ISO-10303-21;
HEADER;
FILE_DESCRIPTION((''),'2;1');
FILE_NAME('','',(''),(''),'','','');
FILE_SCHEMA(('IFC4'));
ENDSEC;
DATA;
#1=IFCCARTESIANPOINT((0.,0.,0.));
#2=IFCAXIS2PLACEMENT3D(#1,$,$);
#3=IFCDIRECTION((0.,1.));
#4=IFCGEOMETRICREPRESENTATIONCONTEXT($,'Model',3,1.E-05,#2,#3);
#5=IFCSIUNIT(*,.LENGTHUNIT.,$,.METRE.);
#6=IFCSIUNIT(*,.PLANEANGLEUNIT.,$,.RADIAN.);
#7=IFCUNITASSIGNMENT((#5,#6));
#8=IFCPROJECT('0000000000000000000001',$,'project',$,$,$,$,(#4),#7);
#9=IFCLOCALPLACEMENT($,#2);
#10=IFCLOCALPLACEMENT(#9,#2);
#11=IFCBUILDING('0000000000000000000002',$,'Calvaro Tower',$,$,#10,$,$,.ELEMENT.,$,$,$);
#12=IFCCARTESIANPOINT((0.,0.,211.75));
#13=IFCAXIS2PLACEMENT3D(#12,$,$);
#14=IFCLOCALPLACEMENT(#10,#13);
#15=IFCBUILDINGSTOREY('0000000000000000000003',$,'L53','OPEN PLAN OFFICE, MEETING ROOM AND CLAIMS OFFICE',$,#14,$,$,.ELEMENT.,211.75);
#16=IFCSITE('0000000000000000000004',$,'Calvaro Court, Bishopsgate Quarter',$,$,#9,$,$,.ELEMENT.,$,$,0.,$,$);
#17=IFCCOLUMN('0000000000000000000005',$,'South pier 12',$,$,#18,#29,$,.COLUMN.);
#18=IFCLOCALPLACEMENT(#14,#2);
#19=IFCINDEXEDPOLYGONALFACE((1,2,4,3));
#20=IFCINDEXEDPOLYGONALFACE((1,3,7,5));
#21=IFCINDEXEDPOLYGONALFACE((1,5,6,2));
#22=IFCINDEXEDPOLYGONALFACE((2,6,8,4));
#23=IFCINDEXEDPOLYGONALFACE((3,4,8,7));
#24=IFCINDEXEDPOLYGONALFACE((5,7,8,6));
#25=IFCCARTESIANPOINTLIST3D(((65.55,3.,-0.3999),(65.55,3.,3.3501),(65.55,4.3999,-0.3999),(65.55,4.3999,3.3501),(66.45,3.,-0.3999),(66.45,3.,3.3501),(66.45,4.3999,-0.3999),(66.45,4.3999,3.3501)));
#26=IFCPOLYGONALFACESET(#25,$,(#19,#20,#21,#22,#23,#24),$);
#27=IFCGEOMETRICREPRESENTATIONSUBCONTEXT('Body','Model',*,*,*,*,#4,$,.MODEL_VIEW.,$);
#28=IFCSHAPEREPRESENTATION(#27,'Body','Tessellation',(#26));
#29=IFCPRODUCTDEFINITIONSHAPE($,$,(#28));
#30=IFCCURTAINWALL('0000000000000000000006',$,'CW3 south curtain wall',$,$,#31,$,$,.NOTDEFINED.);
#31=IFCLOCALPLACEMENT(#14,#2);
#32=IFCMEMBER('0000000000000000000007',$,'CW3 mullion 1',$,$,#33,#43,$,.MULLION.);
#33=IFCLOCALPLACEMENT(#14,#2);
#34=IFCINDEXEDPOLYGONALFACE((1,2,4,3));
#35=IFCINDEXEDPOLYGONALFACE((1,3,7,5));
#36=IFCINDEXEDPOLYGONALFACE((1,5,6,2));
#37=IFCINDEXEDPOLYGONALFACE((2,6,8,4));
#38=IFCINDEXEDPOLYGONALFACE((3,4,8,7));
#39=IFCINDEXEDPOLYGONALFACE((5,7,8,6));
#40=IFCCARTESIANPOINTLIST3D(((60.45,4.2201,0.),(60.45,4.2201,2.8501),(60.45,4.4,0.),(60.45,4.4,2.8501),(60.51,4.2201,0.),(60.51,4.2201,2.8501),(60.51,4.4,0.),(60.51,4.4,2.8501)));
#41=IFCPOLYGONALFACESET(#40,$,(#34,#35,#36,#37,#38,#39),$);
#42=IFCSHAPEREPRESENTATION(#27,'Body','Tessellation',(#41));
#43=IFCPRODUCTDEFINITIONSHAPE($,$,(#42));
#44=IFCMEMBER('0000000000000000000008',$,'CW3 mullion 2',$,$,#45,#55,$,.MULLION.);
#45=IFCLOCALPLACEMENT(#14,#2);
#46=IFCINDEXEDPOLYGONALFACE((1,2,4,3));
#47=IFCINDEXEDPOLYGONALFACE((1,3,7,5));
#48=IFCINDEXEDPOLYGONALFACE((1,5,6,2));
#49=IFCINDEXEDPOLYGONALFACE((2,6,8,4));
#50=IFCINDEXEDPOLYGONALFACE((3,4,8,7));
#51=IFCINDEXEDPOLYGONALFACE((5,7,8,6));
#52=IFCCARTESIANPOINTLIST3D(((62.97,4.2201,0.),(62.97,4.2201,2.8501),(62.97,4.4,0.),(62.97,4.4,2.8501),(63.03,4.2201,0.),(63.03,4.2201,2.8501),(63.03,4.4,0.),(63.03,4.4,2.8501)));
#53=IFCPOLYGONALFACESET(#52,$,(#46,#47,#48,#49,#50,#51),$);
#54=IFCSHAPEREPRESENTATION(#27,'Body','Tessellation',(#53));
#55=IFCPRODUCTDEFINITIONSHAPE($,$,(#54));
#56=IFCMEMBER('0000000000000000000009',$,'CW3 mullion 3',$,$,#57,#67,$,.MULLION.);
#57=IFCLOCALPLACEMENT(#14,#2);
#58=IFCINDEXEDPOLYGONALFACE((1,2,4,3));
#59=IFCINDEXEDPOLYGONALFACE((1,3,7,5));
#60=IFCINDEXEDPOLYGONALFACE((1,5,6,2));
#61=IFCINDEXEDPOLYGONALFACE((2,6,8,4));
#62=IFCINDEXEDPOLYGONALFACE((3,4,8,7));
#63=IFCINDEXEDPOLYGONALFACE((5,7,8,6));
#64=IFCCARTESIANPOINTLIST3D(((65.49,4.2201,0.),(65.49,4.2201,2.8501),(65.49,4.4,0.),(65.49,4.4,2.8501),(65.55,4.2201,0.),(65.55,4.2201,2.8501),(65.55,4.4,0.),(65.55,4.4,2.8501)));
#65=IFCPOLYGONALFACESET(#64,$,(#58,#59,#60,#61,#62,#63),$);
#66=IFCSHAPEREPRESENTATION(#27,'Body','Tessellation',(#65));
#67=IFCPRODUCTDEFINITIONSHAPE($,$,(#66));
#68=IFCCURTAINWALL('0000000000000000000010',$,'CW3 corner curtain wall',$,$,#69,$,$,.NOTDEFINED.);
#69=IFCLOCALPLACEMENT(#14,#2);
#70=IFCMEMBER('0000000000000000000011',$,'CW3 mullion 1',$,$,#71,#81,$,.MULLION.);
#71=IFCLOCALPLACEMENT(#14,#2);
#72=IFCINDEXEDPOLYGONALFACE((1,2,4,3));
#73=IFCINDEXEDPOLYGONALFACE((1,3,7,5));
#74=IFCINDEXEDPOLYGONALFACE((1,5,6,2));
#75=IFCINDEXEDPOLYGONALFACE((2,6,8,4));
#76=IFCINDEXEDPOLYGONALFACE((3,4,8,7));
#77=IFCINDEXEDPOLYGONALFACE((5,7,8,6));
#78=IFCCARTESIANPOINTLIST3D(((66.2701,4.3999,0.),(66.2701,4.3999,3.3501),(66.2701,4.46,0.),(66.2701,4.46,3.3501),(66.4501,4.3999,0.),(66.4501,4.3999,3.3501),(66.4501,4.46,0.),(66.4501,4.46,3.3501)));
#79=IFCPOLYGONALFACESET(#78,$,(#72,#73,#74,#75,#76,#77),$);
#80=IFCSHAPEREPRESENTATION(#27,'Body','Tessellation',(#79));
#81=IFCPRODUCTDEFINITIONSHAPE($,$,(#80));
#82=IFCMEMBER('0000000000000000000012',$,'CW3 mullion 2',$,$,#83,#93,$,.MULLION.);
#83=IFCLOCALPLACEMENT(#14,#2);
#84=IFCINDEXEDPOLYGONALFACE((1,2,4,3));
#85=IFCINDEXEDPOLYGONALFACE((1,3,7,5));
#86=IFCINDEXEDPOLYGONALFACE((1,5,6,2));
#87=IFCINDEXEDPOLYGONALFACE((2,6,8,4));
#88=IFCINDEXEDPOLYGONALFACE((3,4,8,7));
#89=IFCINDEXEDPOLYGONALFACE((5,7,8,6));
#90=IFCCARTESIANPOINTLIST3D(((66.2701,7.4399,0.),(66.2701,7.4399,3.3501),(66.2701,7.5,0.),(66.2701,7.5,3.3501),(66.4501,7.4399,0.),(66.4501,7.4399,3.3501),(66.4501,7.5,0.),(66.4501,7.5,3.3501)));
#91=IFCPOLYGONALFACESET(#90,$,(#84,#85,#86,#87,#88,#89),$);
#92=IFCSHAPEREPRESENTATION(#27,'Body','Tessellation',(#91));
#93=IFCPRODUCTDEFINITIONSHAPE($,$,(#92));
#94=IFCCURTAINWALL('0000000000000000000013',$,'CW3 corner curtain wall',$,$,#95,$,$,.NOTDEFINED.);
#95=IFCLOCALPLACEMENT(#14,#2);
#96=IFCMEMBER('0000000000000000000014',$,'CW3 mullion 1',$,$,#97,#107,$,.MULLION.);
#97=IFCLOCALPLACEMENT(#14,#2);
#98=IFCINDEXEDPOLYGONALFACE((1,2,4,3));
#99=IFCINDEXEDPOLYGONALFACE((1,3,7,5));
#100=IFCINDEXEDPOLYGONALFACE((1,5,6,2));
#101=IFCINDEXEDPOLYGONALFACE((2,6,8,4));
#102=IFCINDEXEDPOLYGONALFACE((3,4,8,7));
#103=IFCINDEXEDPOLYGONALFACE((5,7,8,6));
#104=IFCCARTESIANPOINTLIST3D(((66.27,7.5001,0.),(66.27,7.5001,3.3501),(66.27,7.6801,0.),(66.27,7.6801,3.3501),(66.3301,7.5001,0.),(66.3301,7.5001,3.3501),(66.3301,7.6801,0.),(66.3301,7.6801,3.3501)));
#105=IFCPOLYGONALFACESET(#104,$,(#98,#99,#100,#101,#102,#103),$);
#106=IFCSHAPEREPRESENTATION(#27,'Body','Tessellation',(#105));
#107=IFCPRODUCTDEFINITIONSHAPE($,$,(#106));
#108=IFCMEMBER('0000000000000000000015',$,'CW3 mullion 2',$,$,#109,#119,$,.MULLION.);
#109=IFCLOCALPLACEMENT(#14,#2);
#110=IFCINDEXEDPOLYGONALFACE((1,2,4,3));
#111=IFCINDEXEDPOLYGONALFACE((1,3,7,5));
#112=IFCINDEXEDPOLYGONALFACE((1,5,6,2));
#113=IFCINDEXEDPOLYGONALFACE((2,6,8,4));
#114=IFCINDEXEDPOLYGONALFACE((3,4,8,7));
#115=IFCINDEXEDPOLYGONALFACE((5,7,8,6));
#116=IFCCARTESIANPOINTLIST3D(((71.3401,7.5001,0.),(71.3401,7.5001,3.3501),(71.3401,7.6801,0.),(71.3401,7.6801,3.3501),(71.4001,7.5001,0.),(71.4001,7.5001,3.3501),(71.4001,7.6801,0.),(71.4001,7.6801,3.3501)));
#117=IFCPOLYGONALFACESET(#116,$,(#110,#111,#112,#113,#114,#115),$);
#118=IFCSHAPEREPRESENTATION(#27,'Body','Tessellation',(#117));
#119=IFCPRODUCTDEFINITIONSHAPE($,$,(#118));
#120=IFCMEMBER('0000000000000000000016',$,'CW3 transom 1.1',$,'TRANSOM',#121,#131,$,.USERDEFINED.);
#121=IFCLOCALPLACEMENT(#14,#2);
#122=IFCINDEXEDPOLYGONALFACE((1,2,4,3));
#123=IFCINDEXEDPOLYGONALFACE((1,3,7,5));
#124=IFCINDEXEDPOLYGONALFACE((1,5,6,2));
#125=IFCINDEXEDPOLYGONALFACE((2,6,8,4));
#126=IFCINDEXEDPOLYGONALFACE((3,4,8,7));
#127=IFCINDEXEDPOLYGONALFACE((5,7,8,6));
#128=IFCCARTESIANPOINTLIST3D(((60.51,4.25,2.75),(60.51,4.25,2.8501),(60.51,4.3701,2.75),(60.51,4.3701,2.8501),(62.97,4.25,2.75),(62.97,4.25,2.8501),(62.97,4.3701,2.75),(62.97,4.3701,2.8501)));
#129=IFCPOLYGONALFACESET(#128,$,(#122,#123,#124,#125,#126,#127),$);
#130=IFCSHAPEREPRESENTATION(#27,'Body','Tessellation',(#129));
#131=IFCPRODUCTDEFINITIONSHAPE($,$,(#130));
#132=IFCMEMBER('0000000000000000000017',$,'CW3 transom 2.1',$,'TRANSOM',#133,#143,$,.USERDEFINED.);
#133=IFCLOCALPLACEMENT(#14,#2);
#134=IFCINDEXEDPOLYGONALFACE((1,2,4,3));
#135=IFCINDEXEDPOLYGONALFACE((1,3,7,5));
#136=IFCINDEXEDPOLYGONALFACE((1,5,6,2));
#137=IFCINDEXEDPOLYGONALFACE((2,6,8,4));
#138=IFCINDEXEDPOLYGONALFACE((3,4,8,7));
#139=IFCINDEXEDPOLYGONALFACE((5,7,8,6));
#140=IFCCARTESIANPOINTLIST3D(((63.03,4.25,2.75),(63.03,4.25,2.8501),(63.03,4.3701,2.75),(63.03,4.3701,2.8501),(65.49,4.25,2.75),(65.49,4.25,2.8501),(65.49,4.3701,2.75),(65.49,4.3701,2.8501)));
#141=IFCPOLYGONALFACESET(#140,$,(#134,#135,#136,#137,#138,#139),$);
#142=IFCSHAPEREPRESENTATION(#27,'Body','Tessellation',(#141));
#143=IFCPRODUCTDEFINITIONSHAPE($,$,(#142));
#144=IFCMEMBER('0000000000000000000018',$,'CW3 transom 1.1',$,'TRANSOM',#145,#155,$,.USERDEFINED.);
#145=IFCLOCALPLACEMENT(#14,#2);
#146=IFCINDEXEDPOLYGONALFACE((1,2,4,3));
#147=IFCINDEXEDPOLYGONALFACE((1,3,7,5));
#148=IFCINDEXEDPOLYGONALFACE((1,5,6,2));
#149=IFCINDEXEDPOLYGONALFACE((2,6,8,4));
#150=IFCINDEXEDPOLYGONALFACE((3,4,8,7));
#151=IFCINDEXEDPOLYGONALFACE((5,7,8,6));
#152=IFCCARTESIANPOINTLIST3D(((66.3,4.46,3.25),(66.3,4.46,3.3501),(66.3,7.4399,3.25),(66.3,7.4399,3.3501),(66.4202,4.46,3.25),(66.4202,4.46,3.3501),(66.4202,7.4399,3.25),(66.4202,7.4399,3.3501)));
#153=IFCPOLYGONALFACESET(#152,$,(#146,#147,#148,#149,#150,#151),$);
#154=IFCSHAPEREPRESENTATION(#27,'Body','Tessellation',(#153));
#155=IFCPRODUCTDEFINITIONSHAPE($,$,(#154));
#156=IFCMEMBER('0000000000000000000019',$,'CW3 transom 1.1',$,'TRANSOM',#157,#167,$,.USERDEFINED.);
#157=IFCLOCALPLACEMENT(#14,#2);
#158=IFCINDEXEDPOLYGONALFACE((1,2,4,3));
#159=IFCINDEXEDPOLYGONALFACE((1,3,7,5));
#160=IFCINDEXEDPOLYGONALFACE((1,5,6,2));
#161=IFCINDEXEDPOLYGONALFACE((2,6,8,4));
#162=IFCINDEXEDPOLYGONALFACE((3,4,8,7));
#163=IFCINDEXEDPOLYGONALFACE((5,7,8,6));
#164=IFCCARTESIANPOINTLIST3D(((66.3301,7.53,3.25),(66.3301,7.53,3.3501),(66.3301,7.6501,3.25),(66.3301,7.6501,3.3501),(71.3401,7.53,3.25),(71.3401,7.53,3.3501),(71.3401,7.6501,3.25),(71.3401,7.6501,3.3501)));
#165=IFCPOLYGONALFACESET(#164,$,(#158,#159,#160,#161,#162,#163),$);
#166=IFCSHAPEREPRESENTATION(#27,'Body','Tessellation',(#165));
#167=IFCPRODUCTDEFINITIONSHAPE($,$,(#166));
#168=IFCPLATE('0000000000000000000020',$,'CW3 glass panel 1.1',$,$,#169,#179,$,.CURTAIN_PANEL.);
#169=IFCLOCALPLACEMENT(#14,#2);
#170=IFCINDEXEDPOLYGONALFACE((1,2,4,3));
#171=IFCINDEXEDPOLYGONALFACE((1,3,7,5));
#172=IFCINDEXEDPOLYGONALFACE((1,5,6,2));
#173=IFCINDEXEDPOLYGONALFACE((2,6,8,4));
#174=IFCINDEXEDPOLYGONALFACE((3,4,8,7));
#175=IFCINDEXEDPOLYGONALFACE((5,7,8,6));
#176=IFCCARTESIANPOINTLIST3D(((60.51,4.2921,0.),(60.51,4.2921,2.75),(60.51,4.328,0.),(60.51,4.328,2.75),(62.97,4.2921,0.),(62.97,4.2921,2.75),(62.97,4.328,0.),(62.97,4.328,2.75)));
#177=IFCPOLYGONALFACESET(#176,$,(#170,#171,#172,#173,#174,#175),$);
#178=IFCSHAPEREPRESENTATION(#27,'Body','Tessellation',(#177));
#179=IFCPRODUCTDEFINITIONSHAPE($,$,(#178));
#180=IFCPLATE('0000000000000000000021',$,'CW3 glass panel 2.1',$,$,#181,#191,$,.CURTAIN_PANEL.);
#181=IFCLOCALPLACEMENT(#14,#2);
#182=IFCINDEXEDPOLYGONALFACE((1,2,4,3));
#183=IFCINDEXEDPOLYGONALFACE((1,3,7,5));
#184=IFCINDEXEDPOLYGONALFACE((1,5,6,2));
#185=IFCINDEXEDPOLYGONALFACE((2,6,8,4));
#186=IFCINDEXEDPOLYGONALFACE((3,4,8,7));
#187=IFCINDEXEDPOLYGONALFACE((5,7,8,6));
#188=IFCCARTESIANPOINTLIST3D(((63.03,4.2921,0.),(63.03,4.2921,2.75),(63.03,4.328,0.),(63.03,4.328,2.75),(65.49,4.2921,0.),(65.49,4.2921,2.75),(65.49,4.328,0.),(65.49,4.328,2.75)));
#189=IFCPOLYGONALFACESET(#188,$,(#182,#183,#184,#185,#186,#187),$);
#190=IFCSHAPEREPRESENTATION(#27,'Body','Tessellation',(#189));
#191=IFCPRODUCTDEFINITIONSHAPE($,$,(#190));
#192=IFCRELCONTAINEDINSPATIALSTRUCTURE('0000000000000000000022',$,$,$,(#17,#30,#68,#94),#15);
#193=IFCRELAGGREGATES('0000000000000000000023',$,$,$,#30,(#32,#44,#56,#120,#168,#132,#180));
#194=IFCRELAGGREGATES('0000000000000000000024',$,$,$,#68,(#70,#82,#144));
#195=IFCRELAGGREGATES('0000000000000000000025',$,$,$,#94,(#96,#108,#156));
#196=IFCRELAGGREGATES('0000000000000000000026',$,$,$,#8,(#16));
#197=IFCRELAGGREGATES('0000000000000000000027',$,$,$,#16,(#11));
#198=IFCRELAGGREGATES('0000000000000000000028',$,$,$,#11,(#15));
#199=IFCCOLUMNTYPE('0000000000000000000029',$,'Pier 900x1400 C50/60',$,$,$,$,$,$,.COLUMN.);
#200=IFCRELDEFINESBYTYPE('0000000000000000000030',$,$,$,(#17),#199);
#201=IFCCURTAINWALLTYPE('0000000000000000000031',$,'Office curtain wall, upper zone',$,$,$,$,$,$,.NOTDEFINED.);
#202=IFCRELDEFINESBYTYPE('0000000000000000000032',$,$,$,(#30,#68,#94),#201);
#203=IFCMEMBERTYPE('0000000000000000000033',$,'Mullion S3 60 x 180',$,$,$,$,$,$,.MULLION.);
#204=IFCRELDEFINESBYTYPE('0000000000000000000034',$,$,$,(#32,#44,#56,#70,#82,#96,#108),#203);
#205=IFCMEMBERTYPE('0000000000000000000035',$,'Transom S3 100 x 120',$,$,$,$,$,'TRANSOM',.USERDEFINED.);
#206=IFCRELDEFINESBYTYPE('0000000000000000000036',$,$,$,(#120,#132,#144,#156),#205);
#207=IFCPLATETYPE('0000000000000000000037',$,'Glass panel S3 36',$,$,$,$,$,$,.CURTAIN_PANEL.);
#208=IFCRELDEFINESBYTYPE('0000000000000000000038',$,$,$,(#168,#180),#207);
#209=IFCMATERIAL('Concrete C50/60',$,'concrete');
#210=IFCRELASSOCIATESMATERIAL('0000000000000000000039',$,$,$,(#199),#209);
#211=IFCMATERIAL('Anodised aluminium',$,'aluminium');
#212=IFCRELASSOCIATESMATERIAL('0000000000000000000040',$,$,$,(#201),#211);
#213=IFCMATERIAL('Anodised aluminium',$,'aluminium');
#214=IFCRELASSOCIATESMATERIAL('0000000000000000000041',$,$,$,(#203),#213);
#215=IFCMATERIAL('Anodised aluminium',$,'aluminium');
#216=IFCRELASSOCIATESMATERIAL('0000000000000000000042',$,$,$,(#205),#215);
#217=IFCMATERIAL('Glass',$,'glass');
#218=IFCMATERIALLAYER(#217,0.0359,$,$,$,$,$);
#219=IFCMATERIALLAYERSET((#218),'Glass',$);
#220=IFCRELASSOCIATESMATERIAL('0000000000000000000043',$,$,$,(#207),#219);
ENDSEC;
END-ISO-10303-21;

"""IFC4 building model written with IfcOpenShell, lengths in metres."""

from ifc_helpers import new_model, si_unit, direction, frame, origin, origin_2d, place, context, subcontext, project, spatial, rectangle, extrude, material, layer, layer_set, material_profile, profile_set, type_object, element, aggregate, save


model = new_model("IFC4")

# Units and contexts
model_context = context("Model", 3, precision=1e-05, world=origin(), true_north=direction((0.0, 1.0)))
body_context = subcontext(model_context, "Body", "Model", "MODEL_VIEW")
ifc_project = project(units=[si_unit("LENGTHUNIT", "METRE"), si_unit("PLANEANGLEUNIT", "RADIAN")], contexts=[model_context])

# Site, building, storey
site_placement = place(None, origin())
site = spatial("IfcSite", under=ifc_project, at=site_placement, Name="Calvaro Court, Bishopsgate Quarter", CompositionType="ELEMENT", RefElevation=0.0)
building_placement = place(site_placement, origin())
building = spatial("IfcBuilding", under=site, at=building_placement, Name="Calvaro Tower", CompositionType="ELEMENT")
storey_placement = place(building_placement, frame((0.0, 0.0, 211.75)))
storey = spatial("IfcBuildingStorey", under=building, at=storey_placement, Name="L53", Description="OPEN PLAN OFFICE, MEETING ROOM AND CLAIMS OFFICE", CompositionType="ELEMENT", Elevation=211.75)

# Column
ifc_material_1 = material(Name="Concrete C50/60", Category="concrete")
ifc_material_profile_1 = material_profile(ifc_material_1, rectangle(XDim=0.8999, YDim=1.3999, at=origin_2d()), Name="RC 900x1400")
ifc_profile_set_1 = profile_set([ifc_material_profile_1], Name="Concrete C50/60")
column_type = type_object("IfcColumnType", Name="Pier 900x1400 C50/60", PredefinedType="COLUMN", material=ifc_profile_set_1)
column_placement = place(storey_placement, frame((66.0, 3.7, -0.3999), z_axis=(0.0, 0.0, 1.0), x_axis=(1.0, 0.0, 0.0)))
element("IfcColumn", 1, at=column_placement, inside=storey, type_object=column_type, Name="South pier 12", PredefinedType="COLUMN", context=body_context, shape_type="SweptSolid", body=[
    extrude(rectangle(XDim=0.8999, YDim=1.3999, at=origin_2d()), origin(), (0.0, 0.0, 1.0), 3.75),
])

# Curtain walls, members
ifc_material_2 = material(Name="Anodised aluminium", Category="aluminium")
curtain_wall_type = type_object("IfcCurtainWallType", Name="Office curtain wall, upper zone", PredefinedType="NOTDEFINED", material=ifc_material_2)
curtain_wall_1_placement = place(storey_placement, origin())
curtain_wall_1 = element("IfcCurtainWall", 2, at=curtain_wall_1_placement, inside=storey, type_object=curtain_wall_type, Name="CW3 south curtain wall", PredefinedType="NOTDEFINED")
ifc_material_3 = material(Name="Anodised aluminium", Category="aluminium")
ifc_material_profile_2 = material_profile(ifc_material_3, rectangle(XDim=0.1799, YDim=0.0601, at=origin_2d()), Name="Mullion S3 60 x 180")
ifc_profile_set_2 = profile_set([ifc_material_profile_2], Name="Anodised aluminium")
member_type_1 = type_object("IfcMemberType", Name="Mullion S3 60 x 180", PredefinedType="MULLION", material=ifc_profile_set_2)
member_1_placement = place(storey_placement, frame((60.48, 4.3101, 0.0), z_axis=(0.0, 0.0, 1.0), x_axis=(0.0, 1.0, 0.0)))
member_1 = element("IfcMember", 3, at=member_1_placement, type_object=member_type_1, Name="CW3 mullion 1", PredefinedType="MULLION", context=body_context, shape_type="SweptSolid", body=[
    extrude(rectangle(XDim=0.1799, YDim=0.0601, at=origin_2d()), origin(), (0.0, 0.0, 1.0), 2.8501),
])
member_2_placement = place(storey_placement, frame((63.0, 4.3101, 0.0), z_axis=(0.0, 0.0, 1.0), x_axis=(0.0, 1.0, 0.0)))
member_2 = element("IfcMember", 4, at=member_2_placement, type_object=member_type_1, Name="CW3 mullion 2", PredefinedType="MULLION", context=body_context, shape_type="SweptSolid", body=[
    extrude(rectangle(XDim=0.1799, YDim=0.0601, at=origin_2d()), origin(), (0.0, 0.0, 1.0), 2.8501),
])
member_3_placement = place(storey_placement, frame((65.52, 4.3101, 0.0), z_axis=(0.0, 0.0, 1.0), x_axis=(0.0, 1.0, 0.0)))
member_3 = element("IfcMember", 5, at=member_3_placement, type_object=member_type_1, Name="CW3 mullion 3", PredefinedType="MULLION", context=body_context, shape_type="SweptSolid", body=[
    extrude(rectangle(XDim=0.1799, YDim=0.0601, at=origin_2d()), origin(), (0.0, 0.0, 1.0), 2.8501),
])
curtain_wall_2_placement = place(storey_placement, origin())
curtain_wall_2 = element("IfcCurtainWall", 6, at=curtain_wall_2_placement, inside=storey, type_object=curtain_wall_type, Name="CW3 corner curtain wall", PredefinedType="NOTDEFINED")
member_4_placement = place(storey_placement, frame((66.3601, 4.4299, 0.0), z_axis=(0.0, 0.0, 1.0), x_axis=(-1.0, 0.0, 0.0)))
member_4 = element("IfcMember", 7, at=member_4_placement, type_object=member_type_1, Name="CW3 mullion 1", PredefinedType="MULLION", context=body_context, shape_type="SweptSolid", body=[
    extrude(rectangle(XDim=0.1799, YDim=0.0601, at=origin_2d()), origin(), (0.0, 0.0, 1.0), 3.3501),
])
member_5_placement = place(storey_placement, frame((66.3601, 7.47, 0.0), z_axis=(0.0, 0.0, 1.0), x_axis=(-1.0, 0.0, 0.0)))
member_5 = element("IfcMember", 8, at=member_5_placement, type_object=member_type_1, Name="CW3 mullion 2", PredefinedType="MULLION", context=body_context, shape_type="SweptSolid", body=[
    extrude(rectangle(XDim=0.1799, YDim=0.0601, at=origin_2d()), origin(), (0.0, 0.0, 1.0), 3.3501),
])
curtain_wall_3_placement = place(storey_placement, origin())
curtain_wall_3 = element("IfcCurtainWall", 9, at=curtain_wall_3_placement, inside=storey, type_object=curtain_wall_type, Name="CW3 corner curtain wall", PredefinedType="NOTDEFINED")
member_6_placement = place(storey_placement, frame((66.3, 7.5901, 0.0), z_axis=(0.0, 0.0, 1.0), x_axis=(0.0, 1.0, 0.0)))
member_6 = element("IfcMember", 10, at=member_6_placement, type_object=member_type_1, Name="CW3 mullion 1", PredefinedType="MULLION", context=body_context, shape_type="SweptSolid", body=[
    extrude(rectangle(XDim=0.1799, YDim=0.0601, at=origin_2d()), origin(), (0.0, 0.0, 1.0), 3.3501),
])
member_7_placement = place(storey_placement, frame((71.3701, 7.5901, 0.0), z_axis=(0.0, 0.0, 1.0), x_axis=(0.0, 1.0, 0.0)))
member_7 = element("IfcMember", 11, at=member_7_placement, type_object=member_type_1, Name="CW3 mullion 2", PredefinedType="MULLION", context=body_context, shape_type="SweptSolid", body=[
    extrude(rectangle(XDim=0.1799, YDim=0.0601, at=origin_2d()), origin(), (0.0, 0.0, 1.0), 3.3501),
])

# Members
ifc_material_4 = material(Name="Anodised aluminium", Category="aluminium")
ifc_material_profile_3 = material_profile(ifc_material_4, rectangle(XDim=0.1201, YDim=0.1001, at=origin_2d()), Name="Transom S3 100 x 120")
ifc_profile_set_3 = profile_set([ifc_material_profile_3], Name="Anodised aluminium")
member_type_2 = type_object("IfcMemberType", Name="Transom S3 100 x 120", ElementType="TRANSOM", PredefinedType="USERDEFINED", material=ifc_profile_set_3)
member_8_placement = place(storey_placement, frame((60.51, 4.3101, 2.8), z_axis=(1.0, 0.0, 0.0), x_axis=(0.0, 1.0, 0.0)))
member_8 = element("IfcMember", 12, at=member_8_placement, type_object=member_type_2, Name="CW3 transom 1.1", ObjectType="TRANSOM", PredefinedType="USERDEFINED", context=body_context, shape_type="SweptSolid", body=[
    extrude(rectangle(XDim=0.1201, YDim=0.1001, at=origin_2d()), origin(), (0.0, 0.0, 1.0), 2.46),
])
member_9_placement = place(storey_placement, frame((63.03, 4.3101, 2.8), z_axis=(1.0, 0.0, 0.0), x_axis=(0.0, 1.0, 0.0)))
member_9 = element("IfcMember", 13, at=member_9_placement, type_object=member_type_2, Name="CW3 transom 2.1", ObjectType="TRANSOM", PredefinedType="USERDEFINED", context=body_context, shape_type="SweptSolid", body=[
    extrude(rectangle(XDim=0.1201, YDim=0.1001, at=origin_2d()), origin(), (0.0, 0.0, 1.0), 2.46),
])
member_10_placement = place(storey_placement, frame((66.3601, 4.46, 3.3), z_axis=(0.0, 1.0, 0.0), x_axis=(-1.0, 0.0, 0.0)))
member_10 = element("IfcMember", 14, at=member_10_placement, type_object=member_type_2, Name="CW3 transom 1.1", ObjectType="TRANSOM", PredefinedType="USERDEFINED", context=body_context, shape_type="SweptSolid", body=[
    extrude(rectangle(XDim=0.1201, YDim=0.1001, at=origin_2d()), origin(), (0.0, 0.0, 1.0), 2.98),
])
member_11_placement = place(storey_placement, frame((66.3301, 7.5901, 3.3), z_axis=(1.0, 0.0, 0.0), x_axis=(0.0, 1.0, 0.0)))
member_11 = element("IfcMember", 15, at=member_11_placement, type_object=member_type_2, Name="CW3 transom 1.1", ObjectType="TRANSOM", PredefinedType="USERDEFINED", context=body_context, shape_type="SweptSolid", body=[
    extrude(rectangle(XDim=0.1201, YDim=0.1001, at=origin_2d()), origin(), (0.0, 0.0, 1.0), 5.01),
])

# Plates
ifc_material_5 = material(Name="Glass", Category="glass")
ifc_layer_1 = layer(ifc_material_5, 0.0359)
ifc_layer_set_1 = layer_set([ifc_layer_1], Name="Glass")
plate_type = type_object("IfcPlateType", Name="Glass panel S3 36", PredefinedType="CURTAIN_PANEL", material=ifc_layer_set_1)
plate_1_placement = place(storey_placement, frame((61.74, 4.3101, 0.0), z_axis=(0.0, 0.0, 1.0), x_axis=(1.0, 0.0, 0.0)))
plate_1 = element("IfcPlate", 16, at=plate_1_placement, type_object=plate_type, Name="CW3 glass panel 1.1", PredefinedType="CURTAIN_PANEL", context=body_context, shape_type="SweptSolid", body=[
    extrude(rectangle(XDim=2.46, YDim=0.0359, at=origin_2d()), origin(), (0.0, 0.0, 1.0), 2.75),
])
plate_2_placement = place(storey_placement, frame((64.26, 4.3101, 0.0), z_axis=(0.0, 0.0, 1.0), x_axis=(1.0, 0.0, 0.0)))
plate_2 = element("IfcPlate", 17, at=plate_2_placement, type_object=plate_type, Name="CW3 glass panel 2.1", PredefinedType="CURTAIN_PANEL", context=body_context, shape_type="SweptSolid", body=[
    extrude(rectangle(XDim=2.46, YDim=0.0359, at=origin_2d()), origin(), (0.0, 0.0, 1.0), 2.75),
])
aggregate(curtain_wall_1, [member_1, member_2, member_3, member_8, plate_1, member_9, plate_2])
aggregate(curtain_wall_2, [member_4, member_5, member_10])
aggregate(curtain_wall_3, [member_6, member_7, member_11])

save(model, "model.ifc")
